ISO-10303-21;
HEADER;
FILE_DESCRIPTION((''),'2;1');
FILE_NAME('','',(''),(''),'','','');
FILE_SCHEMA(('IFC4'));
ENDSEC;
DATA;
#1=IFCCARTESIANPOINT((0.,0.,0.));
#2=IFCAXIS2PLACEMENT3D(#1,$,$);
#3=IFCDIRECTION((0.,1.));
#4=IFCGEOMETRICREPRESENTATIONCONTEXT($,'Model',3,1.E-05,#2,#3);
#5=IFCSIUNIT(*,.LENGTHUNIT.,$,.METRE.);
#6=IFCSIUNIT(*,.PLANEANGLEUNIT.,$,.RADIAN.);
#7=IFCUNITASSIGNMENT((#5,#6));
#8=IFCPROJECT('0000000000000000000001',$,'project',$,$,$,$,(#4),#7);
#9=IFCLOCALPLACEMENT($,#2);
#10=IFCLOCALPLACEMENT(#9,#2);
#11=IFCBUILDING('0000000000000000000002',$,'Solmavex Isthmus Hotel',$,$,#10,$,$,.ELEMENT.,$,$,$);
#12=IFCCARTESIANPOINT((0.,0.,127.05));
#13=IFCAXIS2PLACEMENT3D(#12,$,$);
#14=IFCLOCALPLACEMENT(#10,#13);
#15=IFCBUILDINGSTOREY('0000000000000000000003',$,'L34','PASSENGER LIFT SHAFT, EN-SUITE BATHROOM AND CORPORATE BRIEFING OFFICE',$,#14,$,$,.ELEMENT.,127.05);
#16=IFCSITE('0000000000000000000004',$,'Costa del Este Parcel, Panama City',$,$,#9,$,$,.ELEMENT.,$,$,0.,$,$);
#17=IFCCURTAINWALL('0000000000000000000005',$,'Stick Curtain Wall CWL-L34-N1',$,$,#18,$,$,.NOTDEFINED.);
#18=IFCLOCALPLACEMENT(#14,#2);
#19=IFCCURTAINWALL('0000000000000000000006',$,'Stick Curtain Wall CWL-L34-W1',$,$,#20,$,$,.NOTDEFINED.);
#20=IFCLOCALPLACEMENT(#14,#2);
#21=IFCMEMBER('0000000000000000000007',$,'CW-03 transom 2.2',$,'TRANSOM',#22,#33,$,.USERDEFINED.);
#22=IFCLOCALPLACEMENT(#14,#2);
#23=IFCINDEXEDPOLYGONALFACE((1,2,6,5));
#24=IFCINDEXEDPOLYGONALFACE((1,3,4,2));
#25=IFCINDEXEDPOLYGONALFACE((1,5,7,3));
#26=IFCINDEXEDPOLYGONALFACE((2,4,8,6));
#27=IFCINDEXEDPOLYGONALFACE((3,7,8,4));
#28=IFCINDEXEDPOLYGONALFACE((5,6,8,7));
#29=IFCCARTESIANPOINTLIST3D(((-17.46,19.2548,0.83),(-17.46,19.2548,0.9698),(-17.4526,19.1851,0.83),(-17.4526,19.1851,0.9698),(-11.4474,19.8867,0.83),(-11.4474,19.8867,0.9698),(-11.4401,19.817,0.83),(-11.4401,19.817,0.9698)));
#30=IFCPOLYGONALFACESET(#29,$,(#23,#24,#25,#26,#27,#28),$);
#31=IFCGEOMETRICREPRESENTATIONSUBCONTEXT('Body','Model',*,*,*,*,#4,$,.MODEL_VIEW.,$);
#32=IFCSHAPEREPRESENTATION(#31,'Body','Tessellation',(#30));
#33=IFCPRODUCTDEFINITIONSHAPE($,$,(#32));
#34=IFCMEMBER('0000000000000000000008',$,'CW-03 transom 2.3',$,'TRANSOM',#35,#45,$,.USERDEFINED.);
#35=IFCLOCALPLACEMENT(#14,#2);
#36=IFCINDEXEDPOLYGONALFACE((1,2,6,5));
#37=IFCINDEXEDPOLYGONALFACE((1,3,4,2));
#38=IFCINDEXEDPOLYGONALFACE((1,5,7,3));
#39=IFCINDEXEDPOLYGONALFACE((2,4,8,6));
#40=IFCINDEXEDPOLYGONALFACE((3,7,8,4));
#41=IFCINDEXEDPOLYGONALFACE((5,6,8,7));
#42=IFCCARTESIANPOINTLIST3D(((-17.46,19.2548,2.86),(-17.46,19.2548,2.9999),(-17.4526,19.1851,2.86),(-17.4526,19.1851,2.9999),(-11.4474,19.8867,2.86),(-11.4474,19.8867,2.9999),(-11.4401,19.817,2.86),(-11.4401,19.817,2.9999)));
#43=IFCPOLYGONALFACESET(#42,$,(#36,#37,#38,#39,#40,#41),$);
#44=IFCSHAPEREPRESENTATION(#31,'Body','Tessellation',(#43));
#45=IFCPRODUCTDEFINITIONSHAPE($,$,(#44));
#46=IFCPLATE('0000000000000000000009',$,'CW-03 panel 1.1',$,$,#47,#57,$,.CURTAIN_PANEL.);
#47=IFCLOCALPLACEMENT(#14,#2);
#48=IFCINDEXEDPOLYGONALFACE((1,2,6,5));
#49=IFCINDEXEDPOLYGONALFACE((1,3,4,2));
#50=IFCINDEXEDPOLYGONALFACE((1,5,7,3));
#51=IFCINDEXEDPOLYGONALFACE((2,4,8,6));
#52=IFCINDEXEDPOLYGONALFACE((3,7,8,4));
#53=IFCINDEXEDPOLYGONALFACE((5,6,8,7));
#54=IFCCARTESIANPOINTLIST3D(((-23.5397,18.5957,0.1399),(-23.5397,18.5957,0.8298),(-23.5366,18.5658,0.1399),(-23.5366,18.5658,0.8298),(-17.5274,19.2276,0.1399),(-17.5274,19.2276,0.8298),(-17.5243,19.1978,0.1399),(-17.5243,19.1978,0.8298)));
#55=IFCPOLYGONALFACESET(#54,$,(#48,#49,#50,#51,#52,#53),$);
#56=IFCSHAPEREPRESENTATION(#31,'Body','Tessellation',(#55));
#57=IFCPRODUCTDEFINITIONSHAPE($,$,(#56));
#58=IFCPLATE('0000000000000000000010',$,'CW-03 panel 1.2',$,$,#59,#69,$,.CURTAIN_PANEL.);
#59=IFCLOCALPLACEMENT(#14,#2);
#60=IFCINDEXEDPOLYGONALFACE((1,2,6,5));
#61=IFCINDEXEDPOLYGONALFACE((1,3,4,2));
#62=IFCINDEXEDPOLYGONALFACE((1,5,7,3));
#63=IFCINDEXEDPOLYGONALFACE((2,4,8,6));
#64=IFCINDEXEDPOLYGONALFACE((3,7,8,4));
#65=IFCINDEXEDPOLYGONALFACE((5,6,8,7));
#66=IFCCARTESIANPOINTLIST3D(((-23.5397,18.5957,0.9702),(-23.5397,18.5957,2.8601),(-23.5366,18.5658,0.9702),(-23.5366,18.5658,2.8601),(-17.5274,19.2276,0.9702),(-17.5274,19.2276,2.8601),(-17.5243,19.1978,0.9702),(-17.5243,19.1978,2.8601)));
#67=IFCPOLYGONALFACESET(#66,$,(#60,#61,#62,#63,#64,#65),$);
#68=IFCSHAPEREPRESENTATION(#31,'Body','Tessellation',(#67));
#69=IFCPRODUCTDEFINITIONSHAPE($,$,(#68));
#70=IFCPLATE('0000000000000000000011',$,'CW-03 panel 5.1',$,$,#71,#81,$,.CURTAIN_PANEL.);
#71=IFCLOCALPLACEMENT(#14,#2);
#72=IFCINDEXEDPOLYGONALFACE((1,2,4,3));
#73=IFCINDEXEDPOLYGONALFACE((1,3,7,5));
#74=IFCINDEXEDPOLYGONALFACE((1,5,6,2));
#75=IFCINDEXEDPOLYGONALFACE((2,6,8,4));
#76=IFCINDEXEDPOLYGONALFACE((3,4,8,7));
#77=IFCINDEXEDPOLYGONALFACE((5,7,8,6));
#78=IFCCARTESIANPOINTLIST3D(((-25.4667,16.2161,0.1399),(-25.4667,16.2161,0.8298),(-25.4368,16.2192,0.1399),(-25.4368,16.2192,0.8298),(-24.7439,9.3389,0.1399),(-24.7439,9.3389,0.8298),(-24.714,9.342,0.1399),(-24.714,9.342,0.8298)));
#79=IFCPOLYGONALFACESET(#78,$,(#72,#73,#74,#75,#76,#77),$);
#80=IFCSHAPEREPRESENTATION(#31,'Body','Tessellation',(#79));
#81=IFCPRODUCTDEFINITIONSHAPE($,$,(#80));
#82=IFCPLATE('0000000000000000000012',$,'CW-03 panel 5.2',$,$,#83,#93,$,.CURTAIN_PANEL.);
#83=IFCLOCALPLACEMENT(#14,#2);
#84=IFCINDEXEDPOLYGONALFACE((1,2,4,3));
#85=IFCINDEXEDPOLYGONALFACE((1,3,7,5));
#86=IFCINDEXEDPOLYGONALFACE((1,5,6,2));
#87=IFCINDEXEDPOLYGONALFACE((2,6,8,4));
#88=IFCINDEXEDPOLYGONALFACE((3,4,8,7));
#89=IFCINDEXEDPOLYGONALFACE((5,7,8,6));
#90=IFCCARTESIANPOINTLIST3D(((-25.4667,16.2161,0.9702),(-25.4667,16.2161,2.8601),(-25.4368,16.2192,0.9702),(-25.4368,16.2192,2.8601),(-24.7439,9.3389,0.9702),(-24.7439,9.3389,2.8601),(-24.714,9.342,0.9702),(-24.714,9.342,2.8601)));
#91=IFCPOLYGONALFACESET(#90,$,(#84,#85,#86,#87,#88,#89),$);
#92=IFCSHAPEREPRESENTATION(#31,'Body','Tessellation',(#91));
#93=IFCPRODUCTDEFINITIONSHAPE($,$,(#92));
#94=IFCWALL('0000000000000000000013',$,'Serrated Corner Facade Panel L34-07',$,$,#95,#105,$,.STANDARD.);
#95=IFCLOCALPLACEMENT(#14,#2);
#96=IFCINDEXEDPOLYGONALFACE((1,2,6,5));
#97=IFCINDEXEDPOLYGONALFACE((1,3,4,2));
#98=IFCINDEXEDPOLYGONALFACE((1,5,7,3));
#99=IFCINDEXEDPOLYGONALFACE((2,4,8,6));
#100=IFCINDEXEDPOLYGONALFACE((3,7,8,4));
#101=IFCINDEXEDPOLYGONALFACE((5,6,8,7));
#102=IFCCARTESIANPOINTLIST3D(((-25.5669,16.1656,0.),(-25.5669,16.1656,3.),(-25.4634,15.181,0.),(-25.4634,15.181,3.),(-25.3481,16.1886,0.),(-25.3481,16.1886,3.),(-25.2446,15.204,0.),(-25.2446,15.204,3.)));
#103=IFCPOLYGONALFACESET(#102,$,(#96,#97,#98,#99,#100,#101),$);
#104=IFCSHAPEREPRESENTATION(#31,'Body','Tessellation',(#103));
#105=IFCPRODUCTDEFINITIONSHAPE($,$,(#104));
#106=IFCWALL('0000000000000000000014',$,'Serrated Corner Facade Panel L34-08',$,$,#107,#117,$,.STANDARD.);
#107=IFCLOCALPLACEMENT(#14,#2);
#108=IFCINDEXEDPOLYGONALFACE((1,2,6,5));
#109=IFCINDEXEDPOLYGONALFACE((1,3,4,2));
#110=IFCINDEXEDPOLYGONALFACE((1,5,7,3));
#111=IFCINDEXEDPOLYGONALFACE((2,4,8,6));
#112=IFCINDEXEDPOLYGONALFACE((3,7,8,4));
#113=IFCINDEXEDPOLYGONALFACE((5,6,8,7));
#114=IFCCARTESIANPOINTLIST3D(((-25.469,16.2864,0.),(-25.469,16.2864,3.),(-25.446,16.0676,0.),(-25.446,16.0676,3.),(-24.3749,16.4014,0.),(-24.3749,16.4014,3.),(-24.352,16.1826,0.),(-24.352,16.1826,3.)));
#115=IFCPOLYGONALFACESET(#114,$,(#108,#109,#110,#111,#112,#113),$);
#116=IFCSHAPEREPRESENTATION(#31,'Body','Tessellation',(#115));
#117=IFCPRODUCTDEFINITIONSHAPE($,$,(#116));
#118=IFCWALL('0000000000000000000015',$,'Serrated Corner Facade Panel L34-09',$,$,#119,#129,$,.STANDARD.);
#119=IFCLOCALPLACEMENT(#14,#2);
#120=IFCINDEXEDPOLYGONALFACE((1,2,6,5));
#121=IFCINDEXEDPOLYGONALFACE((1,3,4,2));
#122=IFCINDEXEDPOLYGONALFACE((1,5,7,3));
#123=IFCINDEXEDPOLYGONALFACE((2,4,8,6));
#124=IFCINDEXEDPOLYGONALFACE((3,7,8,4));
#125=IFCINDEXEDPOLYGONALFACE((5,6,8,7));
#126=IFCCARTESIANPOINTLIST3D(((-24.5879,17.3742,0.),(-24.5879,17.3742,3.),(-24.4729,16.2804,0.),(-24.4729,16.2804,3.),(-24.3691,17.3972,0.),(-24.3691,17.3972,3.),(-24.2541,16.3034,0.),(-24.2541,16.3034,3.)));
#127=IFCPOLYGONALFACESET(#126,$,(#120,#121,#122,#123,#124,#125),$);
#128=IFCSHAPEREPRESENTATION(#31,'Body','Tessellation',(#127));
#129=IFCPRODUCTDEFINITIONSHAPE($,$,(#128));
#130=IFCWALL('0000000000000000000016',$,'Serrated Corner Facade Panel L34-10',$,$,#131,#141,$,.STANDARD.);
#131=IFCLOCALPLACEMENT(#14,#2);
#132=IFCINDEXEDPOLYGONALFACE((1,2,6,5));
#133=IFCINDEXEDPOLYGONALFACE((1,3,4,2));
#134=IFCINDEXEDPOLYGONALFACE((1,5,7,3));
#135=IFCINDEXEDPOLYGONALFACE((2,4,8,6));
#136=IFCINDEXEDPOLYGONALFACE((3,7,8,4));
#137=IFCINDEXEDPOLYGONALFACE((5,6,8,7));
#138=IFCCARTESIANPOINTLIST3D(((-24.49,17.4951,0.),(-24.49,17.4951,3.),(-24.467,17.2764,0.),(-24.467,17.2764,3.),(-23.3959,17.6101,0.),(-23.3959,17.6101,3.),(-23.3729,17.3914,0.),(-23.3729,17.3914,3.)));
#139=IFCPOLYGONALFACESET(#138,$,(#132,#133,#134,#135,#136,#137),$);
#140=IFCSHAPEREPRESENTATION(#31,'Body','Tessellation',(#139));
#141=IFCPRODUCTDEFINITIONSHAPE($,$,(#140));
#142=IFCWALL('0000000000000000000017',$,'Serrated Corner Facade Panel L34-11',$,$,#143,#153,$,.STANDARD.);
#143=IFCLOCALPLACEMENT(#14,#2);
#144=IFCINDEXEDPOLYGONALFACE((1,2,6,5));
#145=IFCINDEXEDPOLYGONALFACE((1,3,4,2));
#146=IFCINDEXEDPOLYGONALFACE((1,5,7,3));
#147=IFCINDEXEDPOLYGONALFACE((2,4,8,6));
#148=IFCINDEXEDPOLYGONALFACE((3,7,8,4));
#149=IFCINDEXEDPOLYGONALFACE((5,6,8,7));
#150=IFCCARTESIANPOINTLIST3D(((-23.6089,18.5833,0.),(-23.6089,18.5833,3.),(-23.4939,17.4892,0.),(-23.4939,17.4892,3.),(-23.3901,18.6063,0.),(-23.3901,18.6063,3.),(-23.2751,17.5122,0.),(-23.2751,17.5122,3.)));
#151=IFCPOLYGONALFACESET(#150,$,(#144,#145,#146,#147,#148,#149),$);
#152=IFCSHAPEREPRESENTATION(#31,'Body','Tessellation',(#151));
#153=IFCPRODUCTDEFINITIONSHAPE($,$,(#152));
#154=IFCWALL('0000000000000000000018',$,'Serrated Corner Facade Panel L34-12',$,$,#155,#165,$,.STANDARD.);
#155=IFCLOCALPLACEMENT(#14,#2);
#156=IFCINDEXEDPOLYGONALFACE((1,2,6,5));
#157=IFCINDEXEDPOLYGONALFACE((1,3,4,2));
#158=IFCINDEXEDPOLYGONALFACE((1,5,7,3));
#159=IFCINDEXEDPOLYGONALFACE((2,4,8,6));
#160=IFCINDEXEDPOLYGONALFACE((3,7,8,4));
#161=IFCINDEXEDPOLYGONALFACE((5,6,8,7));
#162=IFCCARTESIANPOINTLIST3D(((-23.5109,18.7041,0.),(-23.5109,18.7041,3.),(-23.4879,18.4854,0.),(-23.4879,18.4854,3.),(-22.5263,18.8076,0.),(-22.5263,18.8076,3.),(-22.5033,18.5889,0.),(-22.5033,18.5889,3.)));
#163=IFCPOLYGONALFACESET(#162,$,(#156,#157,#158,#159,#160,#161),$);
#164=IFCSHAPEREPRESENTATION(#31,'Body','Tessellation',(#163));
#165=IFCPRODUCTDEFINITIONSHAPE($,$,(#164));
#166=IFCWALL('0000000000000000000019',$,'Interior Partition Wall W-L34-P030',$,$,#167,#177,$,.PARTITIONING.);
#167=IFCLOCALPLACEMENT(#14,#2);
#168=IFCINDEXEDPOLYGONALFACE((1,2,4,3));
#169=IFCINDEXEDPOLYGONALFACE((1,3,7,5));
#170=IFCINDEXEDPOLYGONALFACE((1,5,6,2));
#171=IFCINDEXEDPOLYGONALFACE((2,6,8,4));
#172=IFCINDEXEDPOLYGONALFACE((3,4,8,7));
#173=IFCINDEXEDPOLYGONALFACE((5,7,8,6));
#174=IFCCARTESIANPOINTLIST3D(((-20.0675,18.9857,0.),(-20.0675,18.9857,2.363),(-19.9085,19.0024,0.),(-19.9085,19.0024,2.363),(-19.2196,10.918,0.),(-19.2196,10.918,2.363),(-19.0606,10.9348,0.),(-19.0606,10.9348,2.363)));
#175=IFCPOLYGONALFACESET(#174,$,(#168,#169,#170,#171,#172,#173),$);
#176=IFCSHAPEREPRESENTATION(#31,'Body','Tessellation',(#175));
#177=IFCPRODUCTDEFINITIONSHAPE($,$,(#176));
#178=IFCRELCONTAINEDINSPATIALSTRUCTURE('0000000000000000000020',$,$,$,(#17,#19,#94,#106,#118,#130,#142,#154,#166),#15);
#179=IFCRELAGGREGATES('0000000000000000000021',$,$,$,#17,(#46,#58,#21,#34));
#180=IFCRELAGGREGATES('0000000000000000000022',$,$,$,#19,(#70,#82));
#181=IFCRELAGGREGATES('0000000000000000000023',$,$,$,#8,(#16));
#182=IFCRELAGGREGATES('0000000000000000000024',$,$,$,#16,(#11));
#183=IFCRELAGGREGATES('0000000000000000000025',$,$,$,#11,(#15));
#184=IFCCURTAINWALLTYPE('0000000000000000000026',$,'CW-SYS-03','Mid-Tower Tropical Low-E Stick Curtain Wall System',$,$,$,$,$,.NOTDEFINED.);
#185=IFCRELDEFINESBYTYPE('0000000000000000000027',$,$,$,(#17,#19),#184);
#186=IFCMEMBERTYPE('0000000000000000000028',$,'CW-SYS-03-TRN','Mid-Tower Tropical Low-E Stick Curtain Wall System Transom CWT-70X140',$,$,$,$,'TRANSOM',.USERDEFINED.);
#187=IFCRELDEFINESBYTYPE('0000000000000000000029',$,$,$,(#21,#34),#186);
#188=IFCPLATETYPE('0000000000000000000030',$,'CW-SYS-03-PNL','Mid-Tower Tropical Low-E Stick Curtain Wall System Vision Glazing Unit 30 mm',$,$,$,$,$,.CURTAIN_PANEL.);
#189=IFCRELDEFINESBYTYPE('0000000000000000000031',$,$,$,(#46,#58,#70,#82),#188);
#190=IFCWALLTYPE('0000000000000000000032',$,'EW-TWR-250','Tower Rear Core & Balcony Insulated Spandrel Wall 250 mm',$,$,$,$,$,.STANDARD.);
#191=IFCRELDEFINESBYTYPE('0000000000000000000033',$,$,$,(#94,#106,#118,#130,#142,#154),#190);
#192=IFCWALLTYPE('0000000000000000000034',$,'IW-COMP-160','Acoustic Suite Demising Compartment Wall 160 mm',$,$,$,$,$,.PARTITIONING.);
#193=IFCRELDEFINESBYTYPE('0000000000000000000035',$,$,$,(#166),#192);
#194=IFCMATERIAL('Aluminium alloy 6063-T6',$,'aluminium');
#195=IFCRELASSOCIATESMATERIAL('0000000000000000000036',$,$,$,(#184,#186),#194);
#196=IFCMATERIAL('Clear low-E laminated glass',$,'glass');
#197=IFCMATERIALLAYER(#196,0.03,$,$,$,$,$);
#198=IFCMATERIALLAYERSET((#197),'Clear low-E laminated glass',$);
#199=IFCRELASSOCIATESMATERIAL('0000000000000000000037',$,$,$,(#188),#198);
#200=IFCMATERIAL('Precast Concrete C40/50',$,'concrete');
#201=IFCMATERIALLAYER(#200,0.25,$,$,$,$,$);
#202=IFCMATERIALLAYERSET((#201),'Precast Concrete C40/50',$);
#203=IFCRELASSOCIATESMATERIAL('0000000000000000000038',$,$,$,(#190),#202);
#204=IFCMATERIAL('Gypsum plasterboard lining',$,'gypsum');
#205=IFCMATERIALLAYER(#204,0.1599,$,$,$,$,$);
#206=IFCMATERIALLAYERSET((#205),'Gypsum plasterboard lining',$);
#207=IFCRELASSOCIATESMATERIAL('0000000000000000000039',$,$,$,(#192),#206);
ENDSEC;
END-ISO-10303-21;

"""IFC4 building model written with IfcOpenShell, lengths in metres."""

from ifc_helpers import new_model, si_unit, direction, frame, frame_2d, origin, origin_2d, place, context, subcontext, project, spatial, rectangle, extrude, material, layer, layer_set, material_profile, profile_set, type_object, element, aggregate, save


model = new_model("IFC4")

# Units and contexts
model_context = context("Model", 3, precision=1e-05, world=origin(), true_north=direction((0.0, 1.0)))
body_context = subcontext(model_context, "Body", "Model", "MODEL_VIEW")
ifc_project = project(units=[si_unit("LENGTHUNIT", "METRE"), si_unit("PLANEANGLEUNIT", "RADIAN")], contexts=[model_context])

# Site, building, storey
site_placement = place(None, origin())
site = spatial("IfcSite", under=ifc_project, at=site_placement, Name="Costa del Este Parcel, Panama City", CompositionType="ELEMENT", RefElevation=0.0)
building_placement = place(site_placement, origin())
building = spatial("IfcBuilding", under=site, at=building_placement, Name="Solmavex Isthmus Hotel", CompositionType="ELEMENT")
storey_placement = place(building_placement, frame((0.0, 0.0, 127.05)))
storey = spatial("IfcBuildingStorey", under=building, at=storey_placement, Name="L34", Description="PASSENGER LIFT SHAFT, EN-SUITE BATHROOM AND CORPORATE BRIEFING OFFICE", CompositionType="ELEMENT", Elevation=127.05)

# Curtain wall
ifc_material_1 = material(Name="Aluminium alloy 6063-T6", Category="aluminium")
curtain_wall_type = type_object("IfcCurtainWallType", Name="CW-SYS-03", Description="Mid-Tower Tropical Low-E Stick Curtain Wall System", PredefinedType="NOTDEFINED", material=ifc_material_1)
curtain_wall_1_placement = place(storey_placement, origin())
curtain_wall_1 = element("IfcCurtainWall", 1, at=curtain_wall_1_placement, inside=storey, type_object=curtain_wall_type, Name="Stick Curtain Wall CWL-L34-N1", PredefinedType="NOTDEFINED")

# Curtain wall
curtain_wall_2_placement = place(storey_placement, origin())
curtain_wall_2 = element("IfcCurtainWall", 2, at=curtain_wall_2_placement, inside=storey, type_object=curtain_wall_type, Name="Stick Curtain Wall CWL-L34-W1", PredefinedType="NOTDEFINED")

# Members
ifc_material_profile_1 = material_profile(ifc_material_1, rectangle(XDim=0.0701, YDim=0.1399, at=origin_2d()), Name="CWT-70X140")
ifc_profile_set_1 = profile_set([ifc_material_profile_1], Name="Aluminium alloy 6063-T6")
member_type_1 = type_object("IfcMemberType", Name="CW-SYS-03-TRN", Description="Mid-Tower Tropical Low-E Stick Curtain Wall System Transom CWT-70X140", ElementType="TRANSOM", PredefinedType="USERDEFINED", material=ifc_profile_set_1)
member_1_placement = place(storey_placement, frame((-17.4563, 19.22, 0.8999), z_axis=(0.994524, 0.104512, 0.0), x_axis=(-0.104512, 0.994524, 0.0)))
member_1 = element("IfcMember", 3, at=member_1_placement, type_object=member_type_1, Name="CW-03 transom 2.2", ObjectType="TRANSOM", PredefinedType="USERDEFINED", context=body_context, shape_type="SweptSolid", body=[
    extrude(rectangle(XDim=0.0701, YDim=0.1399, at=origin_2d()), origin(), (0.0, 0.0, 1.0), 6.0457),
])
member_2_placement = place(storey_placement, frame((-17.4563, 19.22, 2.9299), z_axis=(0.994524, 0.104512, 0.0), x_axis=(-0.104512, 0.994524, 0.0)))
member_2 = element("IfcMember", 4, at=member_2_placement, type_object=member_type_1, Name="CW-03 transom 2.3", ObjectType="TRANSOM", PredefinedType="USERDEFINED", context=body_context, shape_type="SweptSolid", body=[
    extrude(rectangle(XDim=0.0701, YDim=0.1399, at=origin_2d()), origin(), (0.0, 0.0, 1.0), 6.0457),
])

# Plates
ifc_material_2 = material(Name="Clear low-E laminated glass", Category="glass")
ifc_layer_1 = layer(ifc_material_2, 0.03)
ifc_layer_set_1 = layer_set([ifc_layer_1], Name="Clear low-E laminated glass")
plate_type = type_object("IfcPlateType", Name="CW-SYS-03-PNL", Description="Mid-Tower Tropical Low-E Stick Curtain Wall System Vision Glazing Unit 30 mm", PredefinedType="CURTAIN_PANEL", material=ifc_layer_set_1)
plate_1_placement = place(storey_placement, frame((-20.532, 18.8967, 0.1399), z_axis=(0.0, 0.0, 1.0), x_axis=(0.994522, 0.104528, 0.0)))
plate_1 = element("IfcPlate", 5, at=plate_1_placement, type_object=plate_type, Name="CW-03 panel 1.1", PredefinedType="CURTAIN_PANEL", context=body_context, shape_type="SweptSolid", body=[
    extrude(rectangle(XDim=6.0454, YDim=0.03, at=origin_2d()), origin(), (0.0, 0.0, 1.0), 0.6899),
])
plate_2_placement = place(storey_placement, frame((-20.532, 18.8967, 0.9702), z_axis=(0.0, 0.0, 1.0), x_axis=(0.994522, 0.104528, 0.0)))
plate_2 = element("IfcPlate", 6, at=plate_2_placement, type_object=plate_type, Name="CW-03 panel 1.2", PredefinedType="CURTAIN_PANEL", context=body_context, shape_type="SweptSolid", body=[
    extrude(rectangle(XDim=6.0454, YDim=0.03, at=origin_2d()), origin(), (0.0, 0.0, 1.0), 1.8899),
])
aggregate(curtain_wall_1, [plate_1, plate_2, member_1, member_2])
plate_3_placement = place(storey_placement, frame((-25.0903, 12.7791, 0.1399), z_axis=(0.0, 0.0, 1.0), x_axis=(-0.104528, 0.994522, 0.0)))
plate_3 = element("IfcPlate", 7, at=plate_3_placement, type_object=plate_type, Name="CW-03 panel 5.1", PredefinedType="CURTAIN_PANEL", context=body_context, shape_type="SweptSolid", body=[
    extrude(rectangle(XDim=6.915, YDim=0.03, at=origin_2d()), origin(), (0.0, 0.0, 1.0), 0.6899),
])
plate_4_placement = place(storey_placement, frame((-25.0903, 12.7791, 0.9702), z_axis=(0.0, 0.0, 1.0), x_axis=(-0.104528, 0.994522, 0.0)))
plate_4 = element("IfcPlate", 8, at=plate_4_placement, type_object=plate_type, Name="CW-03 panel 5.2", PredefinedType="CURTAIN_PANEL", context=body_context, shape_type="SweptSolid", body=[
    extrude(rectangle(XDim=6.915, YDim=0.03, at=origin_2d()), origin(), (0.0, 0.0, 1.0), 1.8899),
])
aggregate(curtain_wall_2, [plate_3, plate_4])

# Walls
ifc_material_3 = material(Name="Precast Concrete C40/50", Category="concrete")
ifc_layer_2 = layer(ifc_material_3, 0.25)
ifc_layer_set_2 = layer_set([ifc_layer_2], Name="Precast Concrete C40/50")
wall_type_1 = type_object("IfcWallType", Name="EW-TWR-250", Description="Tower Rear Core & Balcony Insulated Spandrel Wall 250 mm", PredefinedType="STANDARD", material=ifc_layer_set_2)
wall_1_placement = place(storey_placement, frame((-25.354, 15.1924, 0.0), z_axis=(0.0, 0.0, 1.0), x_axis=(-0.104556, 0.994519, 0.0)))
element("IfcWall", 9, at=wall_1_placement, inside=storey, type_object=wall_type_1, Name="Serrated Corner Facade Panel L34-07", PredefinedType="STANDARD", context=body_context, shape_type="SweptSolid", body=[
    extrude(rectangle(XDim=0.99, YDim=0.22, at=frame_2d((0.4951, 0.0))), origin(), (0.0, 0.0, 1.0), 3.0),
])
wall_2_placement = place(storey_placement, frame((-25.4575, 16.177, 0.0), z_axis=(0.0, 0.0, 1.0), x_axis=(0.994521, 0.104535, 0.0)))
element("IfcWall", 10, at=wall_2_placement, inside=storey, type_object=wall_type_1, Name="Serrated Corner Facade Panel L34-08", PredefinedType="STANDARD", context=body_context, shape_type="SweptSolid", body=[
    extrude(rectangle(XDim=1.1001, YDim=0.22, at=frame_2d((0.55, 0.0))), origin(), (0.0, 0.0, 1.0), 3.0),
])
wall_3_placement = place(storey_placement, frame((-24.3635, 16.292, 0.0), z_axis=(0.0, 0.0, 1.0), x_axis=(-0.104558, 0.994519, 0.0)))
element("IfcWall", 11, at=wall_3_placement, inside=storey, type_object=wall_type_1, Name="Serrated Corner Facade Panel L34-09", PredefinedType="STANDARD", context=body_context, shape_type="SweptSolid", body=[
    extrude(rectangle(XDim=1.0999, YDim=0.22, at=frame_2d((0.5498, 0.0))), origin(), (0.0, 0.0, 1.0), 3.0),
])
for number, where, z_axis, x_axis, name in (
    (12, (-24.4785, 17.3857, 0.0), (0.0, 0.0, 1.0), (0.994521, 0.104535, 0.0), "Serrated Corner Facade Panel L34-10"),
    (13, (-23.3845, 17.5007, 0.0), (0.0, 0.0, 1.0), (-0.104535, 0.994521, 0.0), "Serrated Corner Facade Panel L34-11"),
):
    element("IfcWall", number, at=place(storey_placement, frame(where, z_axis=z_axis, x_axis=x_axis)), inside=storey, type_object=wall_type_1, Name=name, PredefinedType="STANDARD", context=body_context, shape_type="SweptSolid", body=[
        extrude(rectangle(XDim=1.1001, YDim=0.22, at=frame_2d((0.55, 0.0))), origin(), (0.0, 0.0, 1.0), 3.0),
    ])
wall_4_placement = place(storey_placement, frame((-23.4995, 18.5947, 0.0), z_axis=(0.0, 0.0, 1.0), x_axis=(0.994519, 0.104556, 0.0)))
element("IfcWall", 14, at=wall_4_placement, inside=storey, type_object=wall_type_1, Name="Serrated Corner Facade Panel L34-12", PredefinedType="STANDARD", context=body_context, shape_type="SweptSolid", body=[
    extrude(rectangle(XDim=0.99, YDim=0.22, at=frame_2d((0.4951, 0.0))), origin(), (0.0, 0.0, 1.0), 3.0),
])

# Shared definitions
ifc_material_4 = material(Name="Gypsum plasterboard lining", Category="gypsum")
ifc_layer_3 = layer(ifc_material_4, 0.1599)
ifc_layer_set_3 = layer_set([ifc_layer_3], Name="Gypsum plasterboard lining")
wall_type_2 = type_object("IfcWallType", Name="IW-COMP-160", Description="Acoustic Suite Demising Compartment Wall 160 mm", PredefinedType="PARTITIONING", material=ifc_layer_set_3)

# Wall
wall_5_placement = place(storey_placement, frame((-19.988, 18.9941, 0.0), z_axis=(0.0, 0.0, 1.0), x_axis=(0.104523, -0.994522, 0.0)))
element("IfcWall", 15, at=wall_5_placement, inside=storey, type_object=wall_type_2, Name="Interior Partition Wall W-L34-P030", PredefinedType="PARTITIONING", context=body_context, shape_type="SweptSolid", body=[
    extrude(rectangle(XDim=8.1121, YDim=0.1599, at=frame_2d((4.0562, 0.0))), origin(), (0.0, 0.0, 1.0), 2.363),
])

save(model, "model.ifc")
